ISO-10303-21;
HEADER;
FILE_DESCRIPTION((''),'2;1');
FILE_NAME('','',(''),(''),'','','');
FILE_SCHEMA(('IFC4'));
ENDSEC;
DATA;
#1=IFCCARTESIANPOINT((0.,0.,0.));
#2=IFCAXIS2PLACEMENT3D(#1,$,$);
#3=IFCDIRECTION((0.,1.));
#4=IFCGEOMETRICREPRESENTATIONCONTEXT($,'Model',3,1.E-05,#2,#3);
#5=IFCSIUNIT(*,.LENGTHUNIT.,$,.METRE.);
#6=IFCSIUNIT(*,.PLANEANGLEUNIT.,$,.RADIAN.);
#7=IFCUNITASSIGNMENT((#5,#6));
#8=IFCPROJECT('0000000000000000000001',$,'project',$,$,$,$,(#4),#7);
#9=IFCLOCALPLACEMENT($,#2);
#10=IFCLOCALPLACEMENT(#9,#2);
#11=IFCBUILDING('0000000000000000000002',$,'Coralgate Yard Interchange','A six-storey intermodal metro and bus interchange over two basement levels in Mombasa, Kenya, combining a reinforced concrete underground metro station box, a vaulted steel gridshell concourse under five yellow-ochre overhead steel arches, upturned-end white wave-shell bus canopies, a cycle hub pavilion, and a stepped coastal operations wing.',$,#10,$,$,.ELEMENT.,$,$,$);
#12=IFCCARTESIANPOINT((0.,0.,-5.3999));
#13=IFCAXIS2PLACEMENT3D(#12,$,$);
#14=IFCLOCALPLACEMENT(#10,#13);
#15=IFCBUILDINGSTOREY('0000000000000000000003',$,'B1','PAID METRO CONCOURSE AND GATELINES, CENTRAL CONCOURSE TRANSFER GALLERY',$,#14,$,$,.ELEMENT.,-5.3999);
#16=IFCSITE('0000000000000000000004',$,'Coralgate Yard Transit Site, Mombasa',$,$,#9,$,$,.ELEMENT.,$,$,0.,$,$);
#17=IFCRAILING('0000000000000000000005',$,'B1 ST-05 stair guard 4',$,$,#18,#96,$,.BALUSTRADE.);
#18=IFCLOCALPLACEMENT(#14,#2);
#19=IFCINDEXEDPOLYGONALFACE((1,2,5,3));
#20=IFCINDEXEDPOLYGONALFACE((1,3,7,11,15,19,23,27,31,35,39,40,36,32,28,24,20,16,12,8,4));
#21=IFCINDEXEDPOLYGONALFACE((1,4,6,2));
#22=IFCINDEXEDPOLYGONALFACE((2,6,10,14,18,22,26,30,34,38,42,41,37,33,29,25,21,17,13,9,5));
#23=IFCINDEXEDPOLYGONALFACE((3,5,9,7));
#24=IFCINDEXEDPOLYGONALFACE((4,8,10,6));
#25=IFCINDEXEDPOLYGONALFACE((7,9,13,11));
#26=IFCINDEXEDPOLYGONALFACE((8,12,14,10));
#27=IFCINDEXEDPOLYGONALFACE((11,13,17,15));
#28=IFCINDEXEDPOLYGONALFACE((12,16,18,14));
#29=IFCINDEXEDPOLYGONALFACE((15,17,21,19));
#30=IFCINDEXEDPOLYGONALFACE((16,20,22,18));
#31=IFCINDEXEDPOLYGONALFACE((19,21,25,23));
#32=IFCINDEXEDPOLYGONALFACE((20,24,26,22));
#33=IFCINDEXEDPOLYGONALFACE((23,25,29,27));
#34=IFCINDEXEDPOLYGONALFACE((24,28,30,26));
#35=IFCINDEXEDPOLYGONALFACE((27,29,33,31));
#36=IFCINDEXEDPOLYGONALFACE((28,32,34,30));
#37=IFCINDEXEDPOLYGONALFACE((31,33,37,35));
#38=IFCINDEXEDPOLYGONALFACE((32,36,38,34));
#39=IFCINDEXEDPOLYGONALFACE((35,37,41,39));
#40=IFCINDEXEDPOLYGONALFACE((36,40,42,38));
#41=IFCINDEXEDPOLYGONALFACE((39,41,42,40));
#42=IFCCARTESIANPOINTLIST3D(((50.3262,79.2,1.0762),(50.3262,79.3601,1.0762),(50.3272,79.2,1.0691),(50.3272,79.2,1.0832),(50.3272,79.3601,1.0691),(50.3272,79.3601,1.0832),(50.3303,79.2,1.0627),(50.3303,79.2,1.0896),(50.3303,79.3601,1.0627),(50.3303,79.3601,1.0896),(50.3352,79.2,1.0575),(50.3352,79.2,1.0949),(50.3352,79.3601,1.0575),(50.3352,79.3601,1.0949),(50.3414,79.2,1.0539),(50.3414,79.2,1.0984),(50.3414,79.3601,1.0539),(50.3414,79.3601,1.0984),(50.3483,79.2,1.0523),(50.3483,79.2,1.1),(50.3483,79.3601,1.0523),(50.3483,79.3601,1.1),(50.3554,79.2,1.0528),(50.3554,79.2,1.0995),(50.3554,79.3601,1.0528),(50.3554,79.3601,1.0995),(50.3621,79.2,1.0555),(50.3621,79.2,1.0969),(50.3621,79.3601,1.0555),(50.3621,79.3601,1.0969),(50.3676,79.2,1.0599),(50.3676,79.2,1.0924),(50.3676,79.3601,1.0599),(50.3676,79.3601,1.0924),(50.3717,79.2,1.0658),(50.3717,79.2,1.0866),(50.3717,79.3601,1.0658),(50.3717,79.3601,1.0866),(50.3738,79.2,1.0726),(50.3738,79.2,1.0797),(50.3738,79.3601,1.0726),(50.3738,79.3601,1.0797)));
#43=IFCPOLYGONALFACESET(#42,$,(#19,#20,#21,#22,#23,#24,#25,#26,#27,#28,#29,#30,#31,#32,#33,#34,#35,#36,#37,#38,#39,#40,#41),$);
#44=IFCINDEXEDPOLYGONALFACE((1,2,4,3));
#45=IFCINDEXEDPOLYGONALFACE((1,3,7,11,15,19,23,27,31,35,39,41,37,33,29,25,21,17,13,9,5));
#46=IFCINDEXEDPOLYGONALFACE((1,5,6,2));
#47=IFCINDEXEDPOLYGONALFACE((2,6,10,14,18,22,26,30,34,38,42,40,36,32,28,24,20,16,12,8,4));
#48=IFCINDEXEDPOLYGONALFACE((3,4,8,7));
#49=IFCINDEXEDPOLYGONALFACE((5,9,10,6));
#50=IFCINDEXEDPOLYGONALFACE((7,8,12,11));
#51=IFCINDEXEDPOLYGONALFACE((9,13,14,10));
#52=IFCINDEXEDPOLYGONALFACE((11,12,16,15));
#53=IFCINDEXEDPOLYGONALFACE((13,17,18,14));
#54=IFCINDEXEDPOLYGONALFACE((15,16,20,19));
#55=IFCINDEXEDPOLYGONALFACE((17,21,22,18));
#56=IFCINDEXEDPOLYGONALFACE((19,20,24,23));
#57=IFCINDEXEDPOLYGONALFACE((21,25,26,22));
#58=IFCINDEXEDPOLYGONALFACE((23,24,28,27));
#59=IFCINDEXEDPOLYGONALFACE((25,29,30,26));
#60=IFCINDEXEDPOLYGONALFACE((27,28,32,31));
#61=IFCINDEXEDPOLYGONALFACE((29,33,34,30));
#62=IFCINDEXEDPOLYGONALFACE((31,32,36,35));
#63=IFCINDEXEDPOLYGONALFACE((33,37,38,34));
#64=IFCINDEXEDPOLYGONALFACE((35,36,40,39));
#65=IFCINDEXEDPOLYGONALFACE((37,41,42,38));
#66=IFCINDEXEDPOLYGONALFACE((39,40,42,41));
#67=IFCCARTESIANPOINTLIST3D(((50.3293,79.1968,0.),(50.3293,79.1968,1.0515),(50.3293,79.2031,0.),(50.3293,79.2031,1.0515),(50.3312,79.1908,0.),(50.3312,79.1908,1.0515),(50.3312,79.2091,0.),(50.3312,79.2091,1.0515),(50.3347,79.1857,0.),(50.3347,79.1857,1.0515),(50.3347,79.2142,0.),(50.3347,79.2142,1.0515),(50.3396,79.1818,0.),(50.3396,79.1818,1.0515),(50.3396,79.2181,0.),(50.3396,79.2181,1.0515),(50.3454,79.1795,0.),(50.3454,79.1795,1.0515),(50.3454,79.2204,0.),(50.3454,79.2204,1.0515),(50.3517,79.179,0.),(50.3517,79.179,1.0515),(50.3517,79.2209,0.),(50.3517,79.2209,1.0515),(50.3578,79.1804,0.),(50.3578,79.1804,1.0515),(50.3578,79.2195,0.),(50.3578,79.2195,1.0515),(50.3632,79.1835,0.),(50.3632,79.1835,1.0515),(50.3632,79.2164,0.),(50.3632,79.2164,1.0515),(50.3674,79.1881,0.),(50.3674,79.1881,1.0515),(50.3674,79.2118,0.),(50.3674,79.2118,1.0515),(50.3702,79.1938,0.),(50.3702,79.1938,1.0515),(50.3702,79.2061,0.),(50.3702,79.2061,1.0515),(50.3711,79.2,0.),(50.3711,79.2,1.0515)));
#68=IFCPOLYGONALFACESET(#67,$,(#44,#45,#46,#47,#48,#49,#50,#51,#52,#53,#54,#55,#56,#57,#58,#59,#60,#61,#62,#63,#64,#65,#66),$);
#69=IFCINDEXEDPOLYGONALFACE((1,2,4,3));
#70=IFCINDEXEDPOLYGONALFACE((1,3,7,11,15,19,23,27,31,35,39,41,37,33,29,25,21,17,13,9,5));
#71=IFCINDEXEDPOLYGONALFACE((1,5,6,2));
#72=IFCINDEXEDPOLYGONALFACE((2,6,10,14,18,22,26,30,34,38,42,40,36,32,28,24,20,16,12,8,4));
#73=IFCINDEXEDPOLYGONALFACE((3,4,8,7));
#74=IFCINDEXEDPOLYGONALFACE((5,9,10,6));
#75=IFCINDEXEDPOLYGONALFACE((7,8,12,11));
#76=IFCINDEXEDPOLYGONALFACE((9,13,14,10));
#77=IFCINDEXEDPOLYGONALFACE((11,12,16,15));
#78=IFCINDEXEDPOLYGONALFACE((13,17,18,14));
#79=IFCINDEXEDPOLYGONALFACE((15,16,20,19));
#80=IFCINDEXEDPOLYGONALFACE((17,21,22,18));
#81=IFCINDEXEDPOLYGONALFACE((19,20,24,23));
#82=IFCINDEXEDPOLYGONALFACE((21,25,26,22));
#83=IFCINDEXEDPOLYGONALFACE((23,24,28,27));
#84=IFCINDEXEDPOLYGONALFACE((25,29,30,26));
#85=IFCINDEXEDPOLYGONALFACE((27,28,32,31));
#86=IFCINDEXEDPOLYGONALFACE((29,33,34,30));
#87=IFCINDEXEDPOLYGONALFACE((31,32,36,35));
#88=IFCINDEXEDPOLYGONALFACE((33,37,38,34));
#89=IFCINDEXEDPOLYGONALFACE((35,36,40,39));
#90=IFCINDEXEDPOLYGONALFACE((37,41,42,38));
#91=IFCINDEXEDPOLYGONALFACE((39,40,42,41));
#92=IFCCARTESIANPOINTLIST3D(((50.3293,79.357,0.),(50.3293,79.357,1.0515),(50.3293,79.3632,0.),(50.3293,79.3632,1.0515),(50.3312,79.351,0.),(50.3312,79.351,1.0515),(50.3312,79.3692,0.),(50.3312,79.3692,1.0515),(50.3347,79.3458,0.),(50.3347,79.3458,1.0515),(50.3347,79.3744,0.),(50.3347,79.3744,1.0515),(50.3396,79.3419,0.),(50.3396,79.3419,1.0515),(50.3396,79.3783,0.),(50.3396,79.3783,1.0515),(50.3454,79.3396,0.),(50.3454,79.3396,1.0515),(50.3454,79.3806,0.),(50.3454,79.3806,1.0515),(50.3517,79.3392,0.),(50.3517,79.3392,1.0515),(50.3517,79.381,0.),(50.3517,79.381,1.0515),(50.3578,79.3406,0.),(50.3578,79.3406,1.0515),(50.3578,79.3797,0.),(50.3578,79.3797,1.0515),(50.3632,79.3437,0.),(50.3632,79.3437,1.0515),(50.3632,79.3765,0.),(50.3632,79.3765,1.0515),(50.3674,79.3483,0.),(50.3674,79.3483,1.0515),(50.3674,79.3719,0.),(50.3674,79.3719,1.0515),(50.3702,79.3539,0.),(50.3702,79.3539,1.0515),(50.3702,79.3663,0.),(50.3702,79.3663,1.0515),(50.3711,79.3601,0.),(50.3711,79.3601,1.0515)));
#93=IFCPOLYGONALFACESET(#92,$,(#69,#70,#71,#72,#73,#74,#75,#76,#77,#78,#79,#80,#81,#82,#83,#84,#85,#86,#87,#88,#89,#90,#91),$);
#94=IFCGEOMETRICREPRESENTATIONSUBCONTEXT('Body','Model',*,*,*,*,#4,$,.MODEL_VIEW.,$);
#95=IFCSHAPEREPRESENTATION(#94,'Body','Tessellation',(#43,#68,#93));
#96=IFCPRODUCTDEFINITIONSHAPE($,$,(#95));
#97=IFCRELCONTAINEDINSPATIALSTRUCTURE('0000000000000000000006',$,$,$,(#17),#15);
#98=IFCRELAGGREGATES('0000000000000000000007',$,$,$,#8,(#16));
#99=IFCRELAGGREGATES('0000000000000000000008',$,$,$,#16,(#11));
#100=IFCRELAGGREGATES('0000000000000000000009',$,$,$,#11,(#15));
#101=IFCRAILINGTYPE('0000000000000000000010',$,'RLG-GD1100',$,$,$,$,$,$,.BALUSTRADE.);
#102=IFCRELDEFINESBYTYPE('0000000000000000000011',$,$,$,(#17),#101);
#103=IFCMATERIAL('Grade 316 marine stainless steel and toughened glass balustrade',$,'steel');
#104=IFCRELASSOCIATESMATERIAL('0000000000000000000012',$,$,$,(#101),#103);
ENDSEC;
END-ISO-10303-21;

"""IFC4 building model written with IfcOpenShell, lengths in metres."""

from ifc_helpers import new_model, si_unit, direction, frame, origin, origin_2d, place, context, subcontext, project, spatial, circle, extrude, material, type_object, element, save


model = new_model("IFC4")

# Units and contexts
model_context = context("Model", 3, precision=1e-05, world=origin(), true_north=direction((0.0, 1.0)))
body_context = subcontext(model_context, "Body", "Model", "MODEL_VIEW")
ifc_project = project(units=[si_unit("LENGTHUNIT", "METRE"), si_unit("PLANEANGLEUNIT", "RADIAN")], contexts=[model_context])

# Site, building, storey
site_placement = place(None, origin())
site = spatial("IfcSite", under=ifc_project, at=site_placement, Name="Coralgate Yard Transit Site, Mombasa", CompositionType="ELEMENT", RefElevation=0.0)
building_placement = place(site_placement, origin())
building = spatial("IfcBuilding", under=site, at=building_placement, Name="Coralgate Yard Interchange", Description="A six-storey intermodal metro and bus interchange over two basement levels in Mombasa, Kenya, combining a reinforced concrete underground metro station box, a vaulted steel gridshell concourse under five yellow-ochre overhead steel arches, upturned-end white wave-shell bus canopies, a cycle hub pavilion, and a stepped coastal operations wing.", CompositionType="ELEMENT")
storey_placement = place(building_placement, frame((0.0, 0.0, -5.3999)))
storey = spatial("IfcBuildingStorey", under=building, at=storey_placement, Name="B1", Description="PAID METRO CONCOURSE AND GATELINES, CENTRAL CONCOURSE TRANSFER GALLERY", CompositionType="ELEMENT", Elevation=-5.3999)

# Railing
ifc_material_1 = material(Name="Grade 316 marine stainless steel and toughened glass balustrade", Category="steel")
railing_type_1 = type_object("IfcRailingType", Name="RLG-GD1100", PredefinedType="BALUSTRADE", material=ifc_material_1)
railing_1_placement = place(storey_placement, frame((50.3501, 79.2, 0.0)))
element("IfcRailing", 1, at=railing_1_placement, inside=storey, type_object=railing_type_1, Name="B1 ST-05 stair guard 4", PredefinedType="BALUSTRADE", context=body_context, shape_type="SweptSolid", body=[
    extrude(circle(Radius=0.0239, at=origin_2d()), frame((0.0, 0.0, 1.0762), z_axis=(0.0, 1.0, 0.0), x_axis=(-1.0, 0.0, 0.0)), (0.0, 0.0, 1.0), 0.1602),
    extrude(circle(Radius=0.021, at=origin_2d()), origin(), (0.0, 0.0, 1.0), 1.0515),
    extrude(circle(Radius=0.021, at=origin_2d()), frame((0.0, 0.1602, 0.0)), (0.0, 0.0, 1.0), 1.0515),
])

save(model, "model.ifc")
